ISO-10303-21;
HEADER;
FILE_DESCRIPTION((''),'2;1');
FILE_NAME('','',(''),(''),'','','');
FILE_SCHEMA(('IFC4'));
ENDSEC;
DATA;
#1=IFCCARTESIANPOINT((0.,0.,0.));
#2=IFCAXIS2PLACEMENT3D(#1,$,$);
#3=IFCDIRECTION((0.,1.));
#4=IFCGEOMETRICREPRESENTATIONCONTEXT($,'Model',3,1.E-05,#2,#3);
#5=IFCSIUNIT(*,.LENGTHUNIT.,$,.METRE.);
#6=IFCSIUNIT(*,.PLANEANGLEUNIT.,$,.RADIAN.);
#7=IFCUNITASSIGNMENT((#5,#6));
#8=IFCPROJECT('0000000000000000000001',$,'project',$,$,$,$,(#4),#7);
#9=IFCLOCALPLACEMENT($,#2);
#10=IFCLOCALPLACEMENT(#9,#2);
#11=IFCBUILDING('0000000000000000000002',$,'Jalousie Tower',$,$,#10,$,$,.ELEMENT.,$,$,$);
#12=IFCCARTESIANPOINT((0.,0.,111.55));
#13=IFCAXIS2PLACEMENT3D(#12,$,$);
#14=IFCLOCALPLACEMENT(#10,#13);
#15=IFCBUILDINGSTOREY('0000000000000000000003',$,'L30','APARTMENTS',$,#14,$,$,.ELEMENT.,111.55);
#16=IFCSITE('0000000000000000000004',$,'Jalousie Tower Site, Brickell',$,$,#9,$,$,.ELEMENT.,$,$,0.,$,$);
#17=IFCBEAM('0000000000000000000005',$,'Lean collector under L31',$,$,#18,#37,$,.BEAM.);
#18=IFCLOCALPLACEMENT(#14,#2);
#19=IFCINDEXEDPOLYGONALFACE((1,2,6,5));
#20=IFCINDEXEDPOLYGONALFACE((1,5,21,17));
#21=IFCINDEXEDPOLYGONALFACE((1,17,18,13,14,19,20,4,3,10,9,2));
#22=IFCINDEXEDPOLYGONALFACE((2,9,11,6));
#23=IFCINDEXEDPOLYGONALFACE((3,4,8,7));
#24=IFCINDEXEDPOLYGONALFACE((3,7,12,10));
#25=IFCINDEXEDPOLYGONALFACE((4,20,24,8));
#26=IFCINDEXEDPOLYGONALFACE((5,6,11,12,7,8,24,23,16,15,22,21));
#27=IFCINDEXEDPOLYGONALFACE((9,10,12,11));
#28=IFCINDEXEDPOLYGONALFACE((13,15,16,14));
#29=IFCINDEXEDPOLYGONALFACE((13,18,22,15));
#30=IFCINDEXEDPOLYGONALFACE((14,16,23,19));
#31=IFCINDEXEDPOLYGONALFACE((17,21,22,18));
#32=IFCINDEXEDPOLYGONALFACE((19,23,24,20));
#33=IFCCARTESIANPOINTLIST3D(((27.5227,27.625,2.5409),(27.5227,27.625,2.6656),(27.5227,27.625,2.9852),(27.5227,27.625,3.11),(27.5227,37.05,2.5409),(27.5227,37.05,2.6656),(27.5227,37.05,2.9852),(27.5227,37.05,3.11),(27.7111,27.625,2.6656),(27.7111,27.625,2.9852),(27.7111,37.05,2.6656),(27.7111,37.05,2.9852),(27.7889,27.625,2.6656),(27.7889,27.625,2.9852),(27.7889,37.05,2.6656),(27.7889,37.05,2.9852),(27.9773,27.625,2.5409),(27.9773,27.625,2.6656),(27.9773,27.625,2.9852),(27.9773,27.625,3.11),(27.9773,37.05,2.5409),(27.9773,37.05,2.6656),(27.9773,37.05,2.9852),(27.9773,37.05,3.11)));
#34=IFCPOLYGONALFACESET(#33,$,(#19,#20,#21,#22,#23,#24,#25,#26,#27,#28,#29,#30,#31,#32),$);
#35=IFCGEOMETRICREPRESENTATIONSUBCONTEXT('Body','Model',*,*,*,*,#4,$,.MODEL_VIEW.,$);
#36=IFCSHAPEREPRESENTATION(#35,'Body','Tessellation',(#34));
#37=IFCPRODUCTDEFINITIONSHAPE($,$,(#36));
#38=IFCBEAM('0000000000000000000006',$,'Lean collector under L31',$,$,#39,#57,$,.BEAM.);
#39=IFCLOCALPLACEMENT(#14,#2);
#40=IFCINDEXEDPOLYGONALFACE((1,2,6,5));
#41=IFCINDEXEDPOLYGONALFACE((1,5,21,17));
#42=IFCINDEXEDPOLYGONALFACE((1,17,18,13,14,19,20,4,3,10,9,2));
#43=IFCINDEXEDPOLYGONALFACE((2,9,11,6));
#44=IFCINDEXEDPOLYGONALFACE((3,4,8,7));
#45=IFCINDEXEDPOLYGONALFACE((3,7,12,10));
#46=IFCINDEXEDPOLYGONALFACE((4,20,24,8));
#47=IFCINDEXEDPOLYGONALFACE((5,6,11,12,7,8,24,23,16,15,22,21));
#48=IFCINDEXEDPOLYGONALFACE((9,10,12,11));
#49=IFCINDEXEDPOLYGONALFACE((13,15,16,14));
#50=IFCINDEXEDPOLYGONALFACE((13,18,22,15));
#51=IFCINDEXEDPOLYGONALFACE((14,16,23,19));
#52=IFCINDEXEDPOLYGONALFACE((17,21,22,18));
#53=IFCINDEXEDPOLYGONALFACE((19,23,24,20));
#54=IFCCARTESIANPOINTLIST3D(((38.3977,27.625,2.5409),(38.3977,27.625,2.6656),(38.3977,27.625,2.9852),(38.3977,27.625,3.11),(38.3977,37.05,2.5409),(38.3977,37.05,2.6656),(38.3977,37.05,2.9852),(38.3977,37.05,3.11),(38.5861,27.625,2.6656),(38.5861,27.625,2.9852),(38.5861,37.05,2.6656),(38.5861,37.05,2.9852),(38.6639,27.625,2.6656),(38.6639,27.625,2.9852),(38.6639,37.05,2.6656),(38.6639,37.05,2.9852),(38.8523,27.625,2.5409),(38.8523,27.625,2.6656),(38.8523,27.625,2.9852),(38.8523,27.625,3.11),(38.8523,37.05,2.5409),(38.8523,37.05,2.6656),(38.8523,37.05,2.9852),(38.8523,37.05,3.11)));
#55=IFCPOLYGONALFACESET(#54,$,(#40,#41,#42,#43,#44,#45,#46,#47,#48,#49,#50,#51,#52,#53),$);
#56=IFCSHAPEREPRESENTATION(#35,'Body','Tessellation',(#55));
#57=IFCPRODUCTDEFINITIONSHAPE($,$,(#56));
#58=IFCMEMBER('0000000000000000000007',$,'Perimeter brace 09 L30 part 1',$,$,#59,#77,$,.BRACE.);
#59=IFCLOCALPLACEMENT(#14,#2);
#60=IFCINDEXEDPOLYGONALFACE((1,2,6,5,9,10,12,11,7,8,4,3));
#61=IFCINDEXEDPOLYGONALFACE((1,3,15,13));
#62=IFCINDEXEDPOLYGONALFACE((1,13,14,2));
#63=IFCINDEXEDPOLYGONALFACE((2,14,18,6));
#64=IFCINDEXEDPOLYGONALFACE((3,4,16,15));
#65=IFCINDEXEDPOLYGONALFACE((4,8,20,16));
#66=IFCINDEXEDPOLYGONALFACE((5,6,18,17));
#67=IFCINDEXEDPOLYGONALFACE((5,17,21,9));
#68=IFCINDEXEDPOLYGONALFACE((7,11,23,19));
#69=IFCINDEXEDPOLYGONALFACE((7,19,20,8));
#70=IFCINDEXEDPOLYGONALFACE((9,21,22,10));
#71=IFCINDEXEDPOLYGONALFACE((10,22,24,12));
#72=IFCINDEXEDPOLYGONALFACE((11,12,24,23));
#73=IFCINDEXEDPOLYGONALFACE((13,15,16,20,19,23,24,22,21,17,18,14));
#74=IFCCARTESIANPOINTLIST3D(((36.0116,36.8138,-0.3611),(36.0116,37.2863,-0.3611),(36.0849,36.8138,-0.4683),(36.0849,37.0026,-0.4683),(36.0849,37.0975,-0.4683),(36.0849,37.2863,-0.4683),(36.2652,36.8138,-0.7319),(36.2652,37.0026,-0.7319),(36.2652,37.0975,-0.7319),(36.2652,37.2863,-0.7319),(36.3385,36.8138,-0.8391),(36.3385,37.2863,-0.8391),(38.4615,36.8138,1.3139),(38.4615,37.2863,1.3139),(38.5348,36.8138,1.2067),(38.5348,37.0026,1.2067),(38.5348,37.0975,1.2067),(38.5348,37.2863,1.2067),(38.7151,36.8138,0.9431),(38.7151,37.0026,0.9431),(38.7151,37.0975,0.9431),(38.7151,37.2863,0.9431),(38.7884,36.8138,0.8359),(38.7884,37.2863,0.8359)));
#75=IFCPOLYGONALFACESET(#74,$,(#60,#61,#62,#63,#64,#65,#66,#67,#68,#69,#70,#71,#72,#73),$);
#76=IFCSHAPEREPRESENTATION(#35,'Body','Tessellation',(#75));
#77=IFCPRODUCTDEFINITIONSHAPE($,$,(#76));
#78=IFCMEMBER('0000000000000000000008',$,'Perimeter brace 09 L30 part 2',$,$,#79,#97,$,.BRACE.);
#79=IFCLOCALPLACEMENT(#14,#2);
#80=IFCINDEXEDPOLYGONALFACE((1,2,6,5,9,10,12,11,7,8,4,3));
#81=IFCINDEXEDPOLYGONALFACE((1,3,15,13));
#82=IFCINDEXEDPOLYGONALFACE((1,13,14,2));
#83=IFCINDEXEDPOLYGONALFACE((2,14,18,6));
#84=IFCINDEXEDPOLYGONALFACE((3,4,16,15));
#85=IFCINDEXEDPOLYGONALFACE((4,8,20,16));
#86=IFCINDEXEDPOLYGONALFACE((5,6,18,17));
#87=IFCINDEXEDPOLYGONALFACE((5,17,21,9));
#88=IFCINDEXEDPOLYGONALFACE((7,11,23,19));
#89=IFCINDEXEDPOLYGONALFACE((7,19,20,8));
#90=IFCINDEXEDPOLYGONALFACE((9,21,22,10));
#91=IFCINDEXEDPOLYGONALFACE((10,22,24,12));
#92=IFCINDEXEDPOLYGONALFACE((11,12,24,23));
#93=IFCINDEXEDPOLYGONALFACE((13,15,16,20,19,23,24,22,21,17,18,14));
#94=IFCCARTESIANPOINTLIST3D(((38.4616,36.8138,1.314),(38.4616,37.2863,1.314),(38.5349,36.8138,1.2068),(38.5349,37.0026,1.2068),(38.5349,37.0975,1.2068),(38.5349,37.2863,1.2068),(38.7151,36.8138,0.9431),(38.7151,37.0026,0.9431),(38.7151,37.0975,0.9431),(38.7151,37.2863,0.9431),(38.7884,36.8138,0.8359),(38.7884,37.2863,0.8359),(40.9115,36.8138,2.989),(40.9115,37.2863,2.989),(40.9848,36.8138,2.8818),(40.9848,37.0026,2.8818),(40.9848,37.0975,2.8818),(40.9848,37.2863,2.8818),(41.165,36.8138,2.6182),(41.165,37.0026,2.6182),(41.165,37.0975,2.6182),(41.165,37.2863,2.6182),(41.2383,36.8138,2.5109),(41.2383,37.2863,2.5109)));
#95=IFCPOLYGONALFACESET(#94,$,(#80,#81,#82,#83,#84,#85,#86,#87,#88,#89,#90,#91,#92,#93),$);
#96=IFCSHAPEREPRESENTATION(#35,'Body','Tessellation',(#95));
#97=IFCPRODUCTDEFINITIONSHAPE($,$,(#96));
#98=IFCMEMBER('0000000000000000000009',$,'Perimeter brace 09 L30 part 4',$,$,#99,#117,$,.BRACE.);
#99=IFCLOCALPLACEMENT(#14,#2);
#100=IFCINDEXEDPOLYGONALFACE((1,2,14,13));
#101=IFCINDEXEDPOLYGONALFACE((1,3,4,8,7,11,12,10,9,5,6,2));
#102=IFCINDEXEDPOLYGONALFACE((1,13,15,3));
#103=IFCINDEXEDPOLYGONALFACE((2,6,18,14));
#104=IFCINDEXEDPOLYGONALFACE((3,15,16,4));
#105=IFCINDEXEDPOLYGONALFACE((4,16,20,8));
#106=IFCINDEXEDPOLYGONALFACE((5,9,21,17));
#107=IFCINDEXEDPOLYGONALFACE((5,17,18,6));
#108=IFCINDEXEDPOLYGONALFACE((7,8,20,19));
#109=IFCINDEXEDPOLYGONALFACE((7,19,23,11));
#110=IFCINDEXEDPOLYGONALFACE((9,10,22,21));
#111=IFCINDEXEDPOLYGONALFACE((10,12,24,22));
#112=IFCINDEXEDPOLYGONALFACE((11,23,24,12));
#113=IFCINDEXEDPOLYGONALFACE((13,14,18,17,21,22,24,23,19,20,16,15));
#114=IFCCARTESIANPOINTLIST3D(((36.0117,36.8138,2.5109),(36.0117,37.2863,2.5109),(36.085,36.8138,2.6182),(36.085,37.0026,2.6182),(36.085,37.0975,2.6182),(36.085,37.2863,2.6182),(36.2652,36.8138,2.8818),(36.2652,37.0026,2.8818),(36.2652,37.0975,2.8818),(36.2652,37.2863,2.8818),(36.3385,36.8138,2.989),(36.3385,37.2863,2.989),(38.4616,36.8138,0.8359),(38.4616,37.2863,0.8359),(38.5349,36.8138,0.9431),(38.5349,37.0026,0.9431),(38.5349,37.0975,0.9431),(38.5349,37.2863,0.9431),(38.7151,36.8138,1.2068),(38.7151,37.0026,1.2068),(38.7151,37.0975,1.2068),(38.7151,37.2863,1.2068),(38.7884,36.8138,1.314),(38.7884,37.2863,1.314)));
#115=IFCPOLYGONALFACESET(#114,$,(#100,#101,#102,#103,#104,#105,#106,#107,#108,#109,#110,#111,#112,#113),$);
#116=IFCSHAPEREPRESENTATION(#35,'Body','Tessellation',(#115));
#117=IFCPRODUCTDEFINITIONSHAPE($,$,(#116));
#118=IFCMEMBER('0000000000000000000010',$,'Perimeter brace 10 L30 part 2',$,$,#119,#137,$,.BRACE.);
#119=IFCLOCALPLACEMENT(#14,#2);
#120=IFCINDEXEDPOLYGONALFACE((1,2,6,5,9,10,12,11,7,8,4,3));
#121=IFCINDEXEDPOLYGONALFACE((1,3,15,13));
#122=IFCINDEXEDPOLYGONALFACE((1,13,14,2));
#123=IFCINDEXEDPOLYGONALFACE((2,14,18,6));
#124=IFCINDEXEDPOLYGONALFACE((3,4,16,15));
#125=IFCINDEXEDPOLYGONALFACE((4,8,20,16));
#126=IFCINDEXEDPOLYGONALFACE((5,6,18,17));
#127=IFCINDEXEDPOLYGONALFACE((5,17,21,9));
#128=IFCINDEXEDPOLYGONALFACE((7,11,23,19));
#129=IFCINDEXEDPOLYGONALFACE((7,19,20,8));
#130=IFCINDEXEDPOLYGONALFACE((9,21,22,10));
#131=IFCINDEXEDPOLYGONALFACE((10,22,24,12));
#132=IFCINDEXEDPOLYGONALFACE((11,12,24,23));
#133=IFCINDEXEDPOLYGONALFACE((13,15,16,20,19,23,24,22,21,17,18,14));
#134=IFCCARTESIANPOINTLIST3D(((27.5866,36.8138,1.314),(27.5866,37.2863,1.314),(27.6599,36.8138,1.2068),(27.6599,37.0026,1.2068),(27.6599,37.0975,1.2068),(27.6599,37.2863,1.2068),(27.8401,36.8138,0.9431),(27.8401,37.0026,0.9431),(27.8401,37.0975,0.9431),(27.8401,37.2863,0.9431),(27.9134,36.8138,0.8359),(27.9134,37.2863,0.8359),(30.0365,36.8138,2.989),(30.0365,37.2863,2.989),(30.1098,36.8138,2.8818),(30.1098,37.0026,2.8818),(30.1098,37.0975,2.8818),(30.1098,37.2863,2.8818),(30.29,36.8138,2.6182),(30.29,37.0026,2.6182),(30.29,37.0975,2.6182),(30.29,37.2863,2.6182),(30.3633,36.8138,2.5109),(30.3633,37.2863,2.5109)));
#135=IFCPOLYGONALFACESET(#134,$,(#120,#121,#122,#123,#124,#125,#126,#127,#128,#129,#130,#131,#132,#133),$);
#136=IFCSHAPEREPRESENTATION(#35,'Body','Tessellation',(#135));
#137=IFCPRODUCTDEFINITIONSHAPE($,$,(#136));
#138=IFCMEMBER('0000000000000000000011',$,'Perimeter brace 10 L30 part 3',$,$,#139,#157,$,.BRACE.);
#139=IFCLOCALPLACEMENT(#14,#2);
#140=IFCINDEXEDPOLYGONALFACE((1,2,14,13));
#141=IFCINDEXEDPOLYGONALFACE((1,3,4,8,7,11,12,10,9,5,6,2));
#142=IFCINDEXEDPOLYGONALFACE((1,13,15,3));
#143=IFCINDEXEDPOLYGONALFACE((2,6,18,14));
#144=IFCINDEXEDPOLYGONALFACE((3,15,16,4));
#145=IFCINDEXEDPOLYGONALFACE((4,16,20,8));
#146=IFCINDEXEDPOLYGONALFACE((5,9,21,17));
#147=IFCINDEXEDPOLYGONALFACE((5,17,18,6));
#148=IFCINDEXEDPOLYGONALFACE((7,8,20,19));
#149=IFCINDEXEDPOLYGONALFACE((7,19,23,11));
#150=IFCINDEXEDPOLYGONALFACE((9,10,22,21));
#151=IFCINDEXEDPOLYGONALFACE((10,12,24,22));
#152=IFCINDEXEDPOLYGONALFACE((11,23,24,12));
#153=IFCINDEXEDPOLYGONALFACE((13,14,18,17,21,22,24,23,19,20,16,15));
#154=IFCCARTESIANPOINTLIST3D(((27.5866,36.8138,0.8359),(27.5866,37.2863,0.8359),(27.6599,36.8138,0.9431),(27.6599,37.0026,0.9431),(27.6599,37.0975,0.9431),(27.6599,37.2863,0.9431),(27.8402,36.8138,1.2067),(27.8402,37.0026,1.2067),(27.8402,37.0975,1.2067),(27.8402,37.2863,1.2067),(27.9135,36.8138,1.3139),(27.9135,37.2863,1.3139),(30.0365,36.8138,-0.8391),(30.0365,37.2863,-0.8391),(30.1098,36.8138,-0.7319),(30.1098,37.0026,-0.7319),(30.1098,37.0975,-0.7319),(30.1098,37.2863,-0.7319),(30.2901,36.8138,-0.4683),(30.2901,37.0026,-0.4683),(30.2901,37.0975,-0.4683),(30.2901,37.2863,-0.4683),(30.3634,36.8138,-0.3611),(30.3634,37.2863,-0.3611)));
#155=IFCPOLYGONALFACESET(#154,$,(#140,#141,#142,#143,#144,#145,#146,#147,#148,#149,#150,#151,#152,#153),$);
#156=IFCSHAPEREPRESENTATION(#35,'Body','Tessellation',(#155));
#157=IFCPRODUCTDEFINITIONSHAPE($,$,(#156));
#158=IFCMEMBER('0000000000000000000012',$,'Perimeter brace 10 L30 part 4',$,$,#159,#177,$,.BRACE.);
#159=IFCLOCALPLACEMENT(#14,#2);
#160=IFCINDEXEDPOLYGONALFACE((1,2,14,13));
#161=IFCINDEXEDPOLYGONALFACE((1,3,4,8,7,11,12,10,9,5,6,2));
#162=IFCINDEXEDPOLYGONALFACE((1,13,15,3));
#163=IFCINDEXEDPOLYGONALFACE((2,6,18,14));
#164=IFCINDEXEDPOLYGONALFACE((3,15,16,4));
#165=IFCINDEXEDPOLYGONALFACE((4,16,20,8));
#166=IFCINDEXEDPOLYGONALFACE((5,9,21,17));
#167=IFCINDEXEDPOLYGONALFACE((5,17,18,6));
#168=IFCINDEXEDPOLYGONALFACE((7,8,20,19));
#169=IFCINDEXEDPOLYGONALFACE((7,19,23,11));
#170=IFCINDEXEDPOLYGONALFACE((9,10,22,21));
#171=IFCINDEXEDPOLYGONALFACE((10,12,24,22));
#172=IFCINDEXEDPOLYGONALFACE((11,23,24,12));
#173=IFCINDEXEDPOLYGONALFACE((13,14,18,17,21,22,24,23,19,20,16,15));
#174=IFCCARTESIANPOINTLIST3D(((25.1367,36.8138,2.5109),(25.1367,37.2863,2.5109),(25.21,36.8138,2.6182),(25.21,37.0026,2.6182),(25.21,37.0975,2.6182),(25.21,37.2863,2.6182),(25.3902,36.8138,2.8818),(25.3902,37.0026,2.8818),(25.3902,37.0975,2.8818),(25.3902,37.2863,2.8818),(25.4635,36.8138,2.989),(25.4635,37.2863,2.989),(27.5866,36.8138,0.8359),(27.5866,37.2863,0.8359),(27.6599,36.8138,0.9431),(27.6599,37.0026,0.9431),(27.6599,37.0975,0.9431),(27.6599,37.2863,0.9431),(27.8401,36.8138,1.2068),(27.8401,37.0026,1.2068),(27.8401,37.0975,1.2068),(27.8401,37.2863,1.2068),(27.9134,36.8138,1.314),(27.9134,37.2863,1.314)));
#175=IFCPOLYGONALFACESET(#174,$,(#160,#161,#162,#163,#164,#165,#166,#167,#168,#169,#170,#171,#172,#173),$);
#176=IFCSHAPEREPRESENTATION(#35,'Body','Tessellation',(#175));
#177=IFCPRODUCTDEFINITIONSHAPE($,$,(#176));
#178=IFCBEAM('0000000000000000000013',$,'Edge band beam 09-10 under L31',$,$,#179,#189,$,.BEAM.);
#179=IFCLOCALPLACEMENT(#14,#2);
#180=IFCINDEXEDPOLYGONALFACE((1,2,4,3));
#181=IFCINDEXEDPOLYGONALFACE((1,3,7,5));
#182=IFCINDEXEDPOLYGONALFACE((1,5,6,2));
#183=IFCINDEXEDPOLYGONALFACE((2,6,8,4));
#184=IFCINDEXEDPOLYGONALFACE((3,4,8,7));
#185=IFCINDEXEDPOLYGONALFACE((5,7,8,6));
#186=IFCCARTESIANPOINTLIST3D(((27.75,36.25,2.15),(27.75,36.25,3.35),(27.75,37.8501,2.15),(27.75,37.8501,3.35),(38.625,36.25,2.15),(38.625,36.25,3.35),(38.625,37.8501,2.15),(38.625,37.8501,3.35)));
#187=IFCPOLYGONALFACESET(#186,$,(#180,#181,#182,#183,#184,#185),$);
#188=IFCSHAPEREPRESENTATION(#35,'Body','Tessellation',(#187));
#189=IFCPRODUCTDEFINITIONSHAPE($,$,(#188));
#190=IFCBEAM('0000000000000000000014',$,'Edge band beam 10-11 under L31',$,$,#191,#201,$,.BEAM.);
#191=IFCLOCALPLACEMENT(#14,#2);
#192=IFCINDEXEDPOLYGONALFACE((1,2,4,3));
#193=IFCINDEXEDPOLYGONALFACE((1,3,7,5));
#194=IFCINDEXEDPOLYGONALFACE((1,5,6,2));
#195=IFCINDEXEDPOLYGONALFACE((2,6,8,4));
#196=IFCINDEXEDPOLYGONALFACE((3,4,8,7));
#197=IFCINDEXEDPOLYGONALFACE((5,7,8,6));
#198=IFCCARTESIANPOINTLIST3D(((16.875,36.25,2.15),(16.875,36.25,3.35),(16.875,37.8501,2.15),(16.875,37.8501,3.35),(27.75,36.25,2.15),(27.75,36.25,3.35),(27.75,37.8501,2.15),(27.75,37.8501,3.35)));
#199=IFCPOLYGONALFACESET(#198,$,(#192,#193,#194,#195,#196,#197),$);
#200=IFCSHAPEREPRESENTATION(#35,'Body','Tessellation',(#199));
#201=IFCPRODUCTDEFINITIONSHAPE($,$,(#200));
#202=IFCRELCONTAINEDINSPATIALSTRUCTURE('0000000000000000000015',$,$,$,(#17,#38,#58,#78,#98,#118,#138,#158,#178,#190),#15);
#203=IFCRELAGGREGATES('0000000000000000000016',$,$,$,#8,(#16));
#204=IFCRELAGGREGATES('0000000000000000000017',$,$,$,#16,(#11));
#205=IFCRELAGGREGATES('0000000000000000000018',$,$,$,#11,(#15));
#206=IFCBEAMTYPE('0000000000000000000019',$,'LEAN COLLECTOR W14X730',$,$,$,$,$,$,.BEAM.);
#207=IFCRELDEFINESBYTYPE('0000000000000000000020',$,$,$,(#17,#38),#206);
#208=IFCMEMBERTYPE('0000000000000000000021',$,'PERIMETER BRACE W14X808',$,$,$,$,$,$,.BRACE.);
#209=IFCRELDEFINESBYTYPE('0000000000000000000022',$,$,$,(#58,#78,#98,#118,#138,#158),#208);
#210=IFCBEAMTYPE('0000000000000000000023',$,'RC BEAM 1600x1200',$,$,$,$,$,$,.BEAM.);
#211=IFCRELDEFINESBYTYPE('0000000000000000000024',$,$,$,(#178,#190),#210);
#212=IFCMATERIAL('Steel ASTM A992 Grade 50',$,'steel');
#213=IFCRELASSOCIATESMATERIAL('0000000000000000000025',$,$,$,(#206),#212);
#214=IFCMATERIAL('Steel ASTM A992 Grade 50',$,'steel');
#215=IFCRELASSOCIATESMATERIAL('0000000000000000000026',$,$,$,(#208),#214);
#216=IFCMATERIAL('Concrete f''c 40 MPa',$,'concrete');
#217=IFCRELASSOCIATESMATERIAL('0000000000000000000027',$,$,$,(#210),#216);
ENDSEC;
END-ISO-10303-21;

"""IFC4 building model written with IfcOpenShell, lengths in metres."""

from ifc_helpers import new_model, si_unit, direction, frame, origin, origin_2d, place, context, subcontext, project, spatial, rectangle, i_section, extrude, material, material_profile, profile_set, type_object, element, save


model = new_model("IFC4")

# Units and contexts
model_context = context("Model", 3, precision=1e-05, world=origin(), true_north=direction((0.0, 1.0)))
body_context = subcontext(model_context, "Body", "Model", "MODEL_VIEW")
ifc_project = project(units=[si_unit("LENGTHUNIT", "METRE"), si_unit("PLANEANGLEUNIT", "RADIAN")], contexts=[model_context])

# Site, building, storey
site_placement = place(None, origin())
site = spatial("IfcSite", under=ifc_project, at=site_placement, Name="Jalousie Tower Site, Brickell", CompositionType="ELEMENT", RefElevation=0.0)
building_placement = place(site_placement, origin())
building = spatial("IfcBuilding", under=site, at=building_placement, Name="Jalousie Tower", CompositionType="ELEMENT")
storey_placement = place(building_placement, frame((0.0, 0.0, 111.55)))
storey = spatial("IfcBuildingStorey", under=building, at=storey_placement, Name="L30", Description="APARTMENTS", CompositionType="ELEMENT", Elevation=111.55)

# Beams
ifc_material_1 = material(Name="Steel ASTM A992 Grade 50", Category="steel")
ifc_material_profile_1 = material_profile(ifc_material_1, i_section(OverallWidth=0.4546, OverallDepth=0.5691, WebThickness=0.0779, FlangeThickness=0.1248, at=origin_2d()), Name="W14X730")
ifc_profile_set_1 = profile_set([ifc_material_profile_1], Name="Steel ASTM A992 Grade 50")
beam_type_1 = type_object("IfcBeamType", Name="LEAN COLLECTOR W14X730", PredefinedType="BEAM", material=ifc_profile_set_1)
for number, where, z_axis, x_axis, name in (
    (1, (27.75, 37.05, 2.8254), (0.0, -1.0, 0.0), (1.0, 0.0, 0.0), "Lean collector under L31"),
    (2, (38.625, 37.05, 2.8254), (0.0, -1.0, 0.0), (1.0, 0.0, 0.0), "Lean collector under L31"),
):
    element("IfcBeam", number, at=place(storey_placement, frame(where, z_axis=z_axis, x_axis=x_axis)), inside=storey, type_object=beam_type_1, Name=name, PredefinedType="BEAM", context=body_context, shape_type="SweptSolid", body=[
        extrude(i_section(OverallWidth=0.4546, OverallDepth=0.5691, WebThickness=0.0779, FlangeThickness=0.1248, at=origin_2d()), origin(), (0.0, 0.0, 1.0), 9.425),
    ])

# Members
ifc_material_2 = material(Name="Steel ASTM A992 Grade 50", Category="steel")
ifc_material_profile_2 = material_profile(ifc_material_2, i_section(OverallWidth=0.4724, OverallDepth=0.5791, WebThickness=0.095, FlangeThickness=0.1299, at=origin_2d()), Name="W14X808")
ifc_profile_set_2 = profile_set([ifc_material_profile_2], Name="Steel ASTM A992 Grade 50")
member_type_1 = type_object("IfcMemberType", Name="PERIMETER BRACE W14X808", PredefinedType="BRACE", material=ifc_profile_set_2)
for number, where, z_axis, x_axis, name in (
    (3, (36.175, 37.05, -0.6001), (0.825501, 0.0, 0.564401), (0.0, 1.0, 0.0), "Perimeter brace 09 L30 part 1"),
    (4, (38.625, 37.05, 1.075), (0.825501, 0.0, 0.564401), (0.0, 1.0, 0.0), "Perimeter brace 09 L30 part 2"),
    (5, (38.625, 37.05, 1.075), (-0.825501, 0.0, 0.564401), (0.0, -1.0, 0.0), "Perimeter brace 09 L30 part 4"),
    (6, (27.75, 37.05, 1.075), (0.825501, 0.0, 0.564401), (0.0, 1.0, 0.0), "Perimeter brace 10 L30 part 2"),
    (7, (30.2, 37.05, -0.6001), (-0.825501, 0.0, 0.564401), (0.0, -1.0, 0.0), "Perimeter brace 10 L30 part 3"),
    (8, (27.75, 37.05, 1.075), (-0.825501, 0.0, 0.564401), (0.0, -1.0, 0.0), "Perimeter brace 10 L30 part 4"),
):
    element("IfcMember", number, at=place(storey_placement, frame(where, z_axis=z_axis, x_axis=x_axis)), inside=storey, type_object=member_type_1, Name=name, PredefinedType="BRACE", context=body_context, shape_type="SweptSolid", body=[
        extrude(i_section(OverallWidth=0.4724, OverallDepth=0.5791, WebThickness=0.095, FlangeThickness=0.1299, at=origin_2d()), origin(), (0.0, 0.0, 1.0), 2.9678),
    ])

# Beams
ifc_material_3 = material(Name="Concrete f'c 40 MPa", Category="concrete")
ifc_material_profile_3 = material_profile(ifc_material_3, rectangle(XDim=1.6001, YDim=1.2, at=origin_2d()), Name="RC 1600x1200")
ifc_profile_set_3 = profile_set([ifc_material_profile_3], Name="Concrete f'c 40 MPa")
beam_type_2 = type_object("IfcBeamType", Name="RC BEAM 1600x1200", PredefinedType="BEAM", material=ifc_profile_set_3)
for number, where, z_axis, x_axis, name in (
    (9, (38.625, 37.05, 2.75), (-1.0, 0.0, 0.0), (0.0, -1.0, 0.0), "Edge band beam 09-10 under L31"),
    (10, (27.75, 37.05, 2.75), (-1.0, 0.0, 0.0), (0.0, -1.0, 0.0), "Edge band beam 10-11 under L31"),
):
    element("IfcBeam", number, at=place(storey_placement, frame(where, z_axis=z_axis, x_axis=x_axis)), inside=storey, type_object=beam_type_2, Name=name, PredefinedType="BEAM", context=body_context, shape_type="SweptSolid", body=[
        extrude(rectangle(XDim=1.6001, YDim=1.2, at=origin_2d()), origin(), (0.0, 0.0, 1.0), 10.875),
    ])

save(model, "model.ifc")
